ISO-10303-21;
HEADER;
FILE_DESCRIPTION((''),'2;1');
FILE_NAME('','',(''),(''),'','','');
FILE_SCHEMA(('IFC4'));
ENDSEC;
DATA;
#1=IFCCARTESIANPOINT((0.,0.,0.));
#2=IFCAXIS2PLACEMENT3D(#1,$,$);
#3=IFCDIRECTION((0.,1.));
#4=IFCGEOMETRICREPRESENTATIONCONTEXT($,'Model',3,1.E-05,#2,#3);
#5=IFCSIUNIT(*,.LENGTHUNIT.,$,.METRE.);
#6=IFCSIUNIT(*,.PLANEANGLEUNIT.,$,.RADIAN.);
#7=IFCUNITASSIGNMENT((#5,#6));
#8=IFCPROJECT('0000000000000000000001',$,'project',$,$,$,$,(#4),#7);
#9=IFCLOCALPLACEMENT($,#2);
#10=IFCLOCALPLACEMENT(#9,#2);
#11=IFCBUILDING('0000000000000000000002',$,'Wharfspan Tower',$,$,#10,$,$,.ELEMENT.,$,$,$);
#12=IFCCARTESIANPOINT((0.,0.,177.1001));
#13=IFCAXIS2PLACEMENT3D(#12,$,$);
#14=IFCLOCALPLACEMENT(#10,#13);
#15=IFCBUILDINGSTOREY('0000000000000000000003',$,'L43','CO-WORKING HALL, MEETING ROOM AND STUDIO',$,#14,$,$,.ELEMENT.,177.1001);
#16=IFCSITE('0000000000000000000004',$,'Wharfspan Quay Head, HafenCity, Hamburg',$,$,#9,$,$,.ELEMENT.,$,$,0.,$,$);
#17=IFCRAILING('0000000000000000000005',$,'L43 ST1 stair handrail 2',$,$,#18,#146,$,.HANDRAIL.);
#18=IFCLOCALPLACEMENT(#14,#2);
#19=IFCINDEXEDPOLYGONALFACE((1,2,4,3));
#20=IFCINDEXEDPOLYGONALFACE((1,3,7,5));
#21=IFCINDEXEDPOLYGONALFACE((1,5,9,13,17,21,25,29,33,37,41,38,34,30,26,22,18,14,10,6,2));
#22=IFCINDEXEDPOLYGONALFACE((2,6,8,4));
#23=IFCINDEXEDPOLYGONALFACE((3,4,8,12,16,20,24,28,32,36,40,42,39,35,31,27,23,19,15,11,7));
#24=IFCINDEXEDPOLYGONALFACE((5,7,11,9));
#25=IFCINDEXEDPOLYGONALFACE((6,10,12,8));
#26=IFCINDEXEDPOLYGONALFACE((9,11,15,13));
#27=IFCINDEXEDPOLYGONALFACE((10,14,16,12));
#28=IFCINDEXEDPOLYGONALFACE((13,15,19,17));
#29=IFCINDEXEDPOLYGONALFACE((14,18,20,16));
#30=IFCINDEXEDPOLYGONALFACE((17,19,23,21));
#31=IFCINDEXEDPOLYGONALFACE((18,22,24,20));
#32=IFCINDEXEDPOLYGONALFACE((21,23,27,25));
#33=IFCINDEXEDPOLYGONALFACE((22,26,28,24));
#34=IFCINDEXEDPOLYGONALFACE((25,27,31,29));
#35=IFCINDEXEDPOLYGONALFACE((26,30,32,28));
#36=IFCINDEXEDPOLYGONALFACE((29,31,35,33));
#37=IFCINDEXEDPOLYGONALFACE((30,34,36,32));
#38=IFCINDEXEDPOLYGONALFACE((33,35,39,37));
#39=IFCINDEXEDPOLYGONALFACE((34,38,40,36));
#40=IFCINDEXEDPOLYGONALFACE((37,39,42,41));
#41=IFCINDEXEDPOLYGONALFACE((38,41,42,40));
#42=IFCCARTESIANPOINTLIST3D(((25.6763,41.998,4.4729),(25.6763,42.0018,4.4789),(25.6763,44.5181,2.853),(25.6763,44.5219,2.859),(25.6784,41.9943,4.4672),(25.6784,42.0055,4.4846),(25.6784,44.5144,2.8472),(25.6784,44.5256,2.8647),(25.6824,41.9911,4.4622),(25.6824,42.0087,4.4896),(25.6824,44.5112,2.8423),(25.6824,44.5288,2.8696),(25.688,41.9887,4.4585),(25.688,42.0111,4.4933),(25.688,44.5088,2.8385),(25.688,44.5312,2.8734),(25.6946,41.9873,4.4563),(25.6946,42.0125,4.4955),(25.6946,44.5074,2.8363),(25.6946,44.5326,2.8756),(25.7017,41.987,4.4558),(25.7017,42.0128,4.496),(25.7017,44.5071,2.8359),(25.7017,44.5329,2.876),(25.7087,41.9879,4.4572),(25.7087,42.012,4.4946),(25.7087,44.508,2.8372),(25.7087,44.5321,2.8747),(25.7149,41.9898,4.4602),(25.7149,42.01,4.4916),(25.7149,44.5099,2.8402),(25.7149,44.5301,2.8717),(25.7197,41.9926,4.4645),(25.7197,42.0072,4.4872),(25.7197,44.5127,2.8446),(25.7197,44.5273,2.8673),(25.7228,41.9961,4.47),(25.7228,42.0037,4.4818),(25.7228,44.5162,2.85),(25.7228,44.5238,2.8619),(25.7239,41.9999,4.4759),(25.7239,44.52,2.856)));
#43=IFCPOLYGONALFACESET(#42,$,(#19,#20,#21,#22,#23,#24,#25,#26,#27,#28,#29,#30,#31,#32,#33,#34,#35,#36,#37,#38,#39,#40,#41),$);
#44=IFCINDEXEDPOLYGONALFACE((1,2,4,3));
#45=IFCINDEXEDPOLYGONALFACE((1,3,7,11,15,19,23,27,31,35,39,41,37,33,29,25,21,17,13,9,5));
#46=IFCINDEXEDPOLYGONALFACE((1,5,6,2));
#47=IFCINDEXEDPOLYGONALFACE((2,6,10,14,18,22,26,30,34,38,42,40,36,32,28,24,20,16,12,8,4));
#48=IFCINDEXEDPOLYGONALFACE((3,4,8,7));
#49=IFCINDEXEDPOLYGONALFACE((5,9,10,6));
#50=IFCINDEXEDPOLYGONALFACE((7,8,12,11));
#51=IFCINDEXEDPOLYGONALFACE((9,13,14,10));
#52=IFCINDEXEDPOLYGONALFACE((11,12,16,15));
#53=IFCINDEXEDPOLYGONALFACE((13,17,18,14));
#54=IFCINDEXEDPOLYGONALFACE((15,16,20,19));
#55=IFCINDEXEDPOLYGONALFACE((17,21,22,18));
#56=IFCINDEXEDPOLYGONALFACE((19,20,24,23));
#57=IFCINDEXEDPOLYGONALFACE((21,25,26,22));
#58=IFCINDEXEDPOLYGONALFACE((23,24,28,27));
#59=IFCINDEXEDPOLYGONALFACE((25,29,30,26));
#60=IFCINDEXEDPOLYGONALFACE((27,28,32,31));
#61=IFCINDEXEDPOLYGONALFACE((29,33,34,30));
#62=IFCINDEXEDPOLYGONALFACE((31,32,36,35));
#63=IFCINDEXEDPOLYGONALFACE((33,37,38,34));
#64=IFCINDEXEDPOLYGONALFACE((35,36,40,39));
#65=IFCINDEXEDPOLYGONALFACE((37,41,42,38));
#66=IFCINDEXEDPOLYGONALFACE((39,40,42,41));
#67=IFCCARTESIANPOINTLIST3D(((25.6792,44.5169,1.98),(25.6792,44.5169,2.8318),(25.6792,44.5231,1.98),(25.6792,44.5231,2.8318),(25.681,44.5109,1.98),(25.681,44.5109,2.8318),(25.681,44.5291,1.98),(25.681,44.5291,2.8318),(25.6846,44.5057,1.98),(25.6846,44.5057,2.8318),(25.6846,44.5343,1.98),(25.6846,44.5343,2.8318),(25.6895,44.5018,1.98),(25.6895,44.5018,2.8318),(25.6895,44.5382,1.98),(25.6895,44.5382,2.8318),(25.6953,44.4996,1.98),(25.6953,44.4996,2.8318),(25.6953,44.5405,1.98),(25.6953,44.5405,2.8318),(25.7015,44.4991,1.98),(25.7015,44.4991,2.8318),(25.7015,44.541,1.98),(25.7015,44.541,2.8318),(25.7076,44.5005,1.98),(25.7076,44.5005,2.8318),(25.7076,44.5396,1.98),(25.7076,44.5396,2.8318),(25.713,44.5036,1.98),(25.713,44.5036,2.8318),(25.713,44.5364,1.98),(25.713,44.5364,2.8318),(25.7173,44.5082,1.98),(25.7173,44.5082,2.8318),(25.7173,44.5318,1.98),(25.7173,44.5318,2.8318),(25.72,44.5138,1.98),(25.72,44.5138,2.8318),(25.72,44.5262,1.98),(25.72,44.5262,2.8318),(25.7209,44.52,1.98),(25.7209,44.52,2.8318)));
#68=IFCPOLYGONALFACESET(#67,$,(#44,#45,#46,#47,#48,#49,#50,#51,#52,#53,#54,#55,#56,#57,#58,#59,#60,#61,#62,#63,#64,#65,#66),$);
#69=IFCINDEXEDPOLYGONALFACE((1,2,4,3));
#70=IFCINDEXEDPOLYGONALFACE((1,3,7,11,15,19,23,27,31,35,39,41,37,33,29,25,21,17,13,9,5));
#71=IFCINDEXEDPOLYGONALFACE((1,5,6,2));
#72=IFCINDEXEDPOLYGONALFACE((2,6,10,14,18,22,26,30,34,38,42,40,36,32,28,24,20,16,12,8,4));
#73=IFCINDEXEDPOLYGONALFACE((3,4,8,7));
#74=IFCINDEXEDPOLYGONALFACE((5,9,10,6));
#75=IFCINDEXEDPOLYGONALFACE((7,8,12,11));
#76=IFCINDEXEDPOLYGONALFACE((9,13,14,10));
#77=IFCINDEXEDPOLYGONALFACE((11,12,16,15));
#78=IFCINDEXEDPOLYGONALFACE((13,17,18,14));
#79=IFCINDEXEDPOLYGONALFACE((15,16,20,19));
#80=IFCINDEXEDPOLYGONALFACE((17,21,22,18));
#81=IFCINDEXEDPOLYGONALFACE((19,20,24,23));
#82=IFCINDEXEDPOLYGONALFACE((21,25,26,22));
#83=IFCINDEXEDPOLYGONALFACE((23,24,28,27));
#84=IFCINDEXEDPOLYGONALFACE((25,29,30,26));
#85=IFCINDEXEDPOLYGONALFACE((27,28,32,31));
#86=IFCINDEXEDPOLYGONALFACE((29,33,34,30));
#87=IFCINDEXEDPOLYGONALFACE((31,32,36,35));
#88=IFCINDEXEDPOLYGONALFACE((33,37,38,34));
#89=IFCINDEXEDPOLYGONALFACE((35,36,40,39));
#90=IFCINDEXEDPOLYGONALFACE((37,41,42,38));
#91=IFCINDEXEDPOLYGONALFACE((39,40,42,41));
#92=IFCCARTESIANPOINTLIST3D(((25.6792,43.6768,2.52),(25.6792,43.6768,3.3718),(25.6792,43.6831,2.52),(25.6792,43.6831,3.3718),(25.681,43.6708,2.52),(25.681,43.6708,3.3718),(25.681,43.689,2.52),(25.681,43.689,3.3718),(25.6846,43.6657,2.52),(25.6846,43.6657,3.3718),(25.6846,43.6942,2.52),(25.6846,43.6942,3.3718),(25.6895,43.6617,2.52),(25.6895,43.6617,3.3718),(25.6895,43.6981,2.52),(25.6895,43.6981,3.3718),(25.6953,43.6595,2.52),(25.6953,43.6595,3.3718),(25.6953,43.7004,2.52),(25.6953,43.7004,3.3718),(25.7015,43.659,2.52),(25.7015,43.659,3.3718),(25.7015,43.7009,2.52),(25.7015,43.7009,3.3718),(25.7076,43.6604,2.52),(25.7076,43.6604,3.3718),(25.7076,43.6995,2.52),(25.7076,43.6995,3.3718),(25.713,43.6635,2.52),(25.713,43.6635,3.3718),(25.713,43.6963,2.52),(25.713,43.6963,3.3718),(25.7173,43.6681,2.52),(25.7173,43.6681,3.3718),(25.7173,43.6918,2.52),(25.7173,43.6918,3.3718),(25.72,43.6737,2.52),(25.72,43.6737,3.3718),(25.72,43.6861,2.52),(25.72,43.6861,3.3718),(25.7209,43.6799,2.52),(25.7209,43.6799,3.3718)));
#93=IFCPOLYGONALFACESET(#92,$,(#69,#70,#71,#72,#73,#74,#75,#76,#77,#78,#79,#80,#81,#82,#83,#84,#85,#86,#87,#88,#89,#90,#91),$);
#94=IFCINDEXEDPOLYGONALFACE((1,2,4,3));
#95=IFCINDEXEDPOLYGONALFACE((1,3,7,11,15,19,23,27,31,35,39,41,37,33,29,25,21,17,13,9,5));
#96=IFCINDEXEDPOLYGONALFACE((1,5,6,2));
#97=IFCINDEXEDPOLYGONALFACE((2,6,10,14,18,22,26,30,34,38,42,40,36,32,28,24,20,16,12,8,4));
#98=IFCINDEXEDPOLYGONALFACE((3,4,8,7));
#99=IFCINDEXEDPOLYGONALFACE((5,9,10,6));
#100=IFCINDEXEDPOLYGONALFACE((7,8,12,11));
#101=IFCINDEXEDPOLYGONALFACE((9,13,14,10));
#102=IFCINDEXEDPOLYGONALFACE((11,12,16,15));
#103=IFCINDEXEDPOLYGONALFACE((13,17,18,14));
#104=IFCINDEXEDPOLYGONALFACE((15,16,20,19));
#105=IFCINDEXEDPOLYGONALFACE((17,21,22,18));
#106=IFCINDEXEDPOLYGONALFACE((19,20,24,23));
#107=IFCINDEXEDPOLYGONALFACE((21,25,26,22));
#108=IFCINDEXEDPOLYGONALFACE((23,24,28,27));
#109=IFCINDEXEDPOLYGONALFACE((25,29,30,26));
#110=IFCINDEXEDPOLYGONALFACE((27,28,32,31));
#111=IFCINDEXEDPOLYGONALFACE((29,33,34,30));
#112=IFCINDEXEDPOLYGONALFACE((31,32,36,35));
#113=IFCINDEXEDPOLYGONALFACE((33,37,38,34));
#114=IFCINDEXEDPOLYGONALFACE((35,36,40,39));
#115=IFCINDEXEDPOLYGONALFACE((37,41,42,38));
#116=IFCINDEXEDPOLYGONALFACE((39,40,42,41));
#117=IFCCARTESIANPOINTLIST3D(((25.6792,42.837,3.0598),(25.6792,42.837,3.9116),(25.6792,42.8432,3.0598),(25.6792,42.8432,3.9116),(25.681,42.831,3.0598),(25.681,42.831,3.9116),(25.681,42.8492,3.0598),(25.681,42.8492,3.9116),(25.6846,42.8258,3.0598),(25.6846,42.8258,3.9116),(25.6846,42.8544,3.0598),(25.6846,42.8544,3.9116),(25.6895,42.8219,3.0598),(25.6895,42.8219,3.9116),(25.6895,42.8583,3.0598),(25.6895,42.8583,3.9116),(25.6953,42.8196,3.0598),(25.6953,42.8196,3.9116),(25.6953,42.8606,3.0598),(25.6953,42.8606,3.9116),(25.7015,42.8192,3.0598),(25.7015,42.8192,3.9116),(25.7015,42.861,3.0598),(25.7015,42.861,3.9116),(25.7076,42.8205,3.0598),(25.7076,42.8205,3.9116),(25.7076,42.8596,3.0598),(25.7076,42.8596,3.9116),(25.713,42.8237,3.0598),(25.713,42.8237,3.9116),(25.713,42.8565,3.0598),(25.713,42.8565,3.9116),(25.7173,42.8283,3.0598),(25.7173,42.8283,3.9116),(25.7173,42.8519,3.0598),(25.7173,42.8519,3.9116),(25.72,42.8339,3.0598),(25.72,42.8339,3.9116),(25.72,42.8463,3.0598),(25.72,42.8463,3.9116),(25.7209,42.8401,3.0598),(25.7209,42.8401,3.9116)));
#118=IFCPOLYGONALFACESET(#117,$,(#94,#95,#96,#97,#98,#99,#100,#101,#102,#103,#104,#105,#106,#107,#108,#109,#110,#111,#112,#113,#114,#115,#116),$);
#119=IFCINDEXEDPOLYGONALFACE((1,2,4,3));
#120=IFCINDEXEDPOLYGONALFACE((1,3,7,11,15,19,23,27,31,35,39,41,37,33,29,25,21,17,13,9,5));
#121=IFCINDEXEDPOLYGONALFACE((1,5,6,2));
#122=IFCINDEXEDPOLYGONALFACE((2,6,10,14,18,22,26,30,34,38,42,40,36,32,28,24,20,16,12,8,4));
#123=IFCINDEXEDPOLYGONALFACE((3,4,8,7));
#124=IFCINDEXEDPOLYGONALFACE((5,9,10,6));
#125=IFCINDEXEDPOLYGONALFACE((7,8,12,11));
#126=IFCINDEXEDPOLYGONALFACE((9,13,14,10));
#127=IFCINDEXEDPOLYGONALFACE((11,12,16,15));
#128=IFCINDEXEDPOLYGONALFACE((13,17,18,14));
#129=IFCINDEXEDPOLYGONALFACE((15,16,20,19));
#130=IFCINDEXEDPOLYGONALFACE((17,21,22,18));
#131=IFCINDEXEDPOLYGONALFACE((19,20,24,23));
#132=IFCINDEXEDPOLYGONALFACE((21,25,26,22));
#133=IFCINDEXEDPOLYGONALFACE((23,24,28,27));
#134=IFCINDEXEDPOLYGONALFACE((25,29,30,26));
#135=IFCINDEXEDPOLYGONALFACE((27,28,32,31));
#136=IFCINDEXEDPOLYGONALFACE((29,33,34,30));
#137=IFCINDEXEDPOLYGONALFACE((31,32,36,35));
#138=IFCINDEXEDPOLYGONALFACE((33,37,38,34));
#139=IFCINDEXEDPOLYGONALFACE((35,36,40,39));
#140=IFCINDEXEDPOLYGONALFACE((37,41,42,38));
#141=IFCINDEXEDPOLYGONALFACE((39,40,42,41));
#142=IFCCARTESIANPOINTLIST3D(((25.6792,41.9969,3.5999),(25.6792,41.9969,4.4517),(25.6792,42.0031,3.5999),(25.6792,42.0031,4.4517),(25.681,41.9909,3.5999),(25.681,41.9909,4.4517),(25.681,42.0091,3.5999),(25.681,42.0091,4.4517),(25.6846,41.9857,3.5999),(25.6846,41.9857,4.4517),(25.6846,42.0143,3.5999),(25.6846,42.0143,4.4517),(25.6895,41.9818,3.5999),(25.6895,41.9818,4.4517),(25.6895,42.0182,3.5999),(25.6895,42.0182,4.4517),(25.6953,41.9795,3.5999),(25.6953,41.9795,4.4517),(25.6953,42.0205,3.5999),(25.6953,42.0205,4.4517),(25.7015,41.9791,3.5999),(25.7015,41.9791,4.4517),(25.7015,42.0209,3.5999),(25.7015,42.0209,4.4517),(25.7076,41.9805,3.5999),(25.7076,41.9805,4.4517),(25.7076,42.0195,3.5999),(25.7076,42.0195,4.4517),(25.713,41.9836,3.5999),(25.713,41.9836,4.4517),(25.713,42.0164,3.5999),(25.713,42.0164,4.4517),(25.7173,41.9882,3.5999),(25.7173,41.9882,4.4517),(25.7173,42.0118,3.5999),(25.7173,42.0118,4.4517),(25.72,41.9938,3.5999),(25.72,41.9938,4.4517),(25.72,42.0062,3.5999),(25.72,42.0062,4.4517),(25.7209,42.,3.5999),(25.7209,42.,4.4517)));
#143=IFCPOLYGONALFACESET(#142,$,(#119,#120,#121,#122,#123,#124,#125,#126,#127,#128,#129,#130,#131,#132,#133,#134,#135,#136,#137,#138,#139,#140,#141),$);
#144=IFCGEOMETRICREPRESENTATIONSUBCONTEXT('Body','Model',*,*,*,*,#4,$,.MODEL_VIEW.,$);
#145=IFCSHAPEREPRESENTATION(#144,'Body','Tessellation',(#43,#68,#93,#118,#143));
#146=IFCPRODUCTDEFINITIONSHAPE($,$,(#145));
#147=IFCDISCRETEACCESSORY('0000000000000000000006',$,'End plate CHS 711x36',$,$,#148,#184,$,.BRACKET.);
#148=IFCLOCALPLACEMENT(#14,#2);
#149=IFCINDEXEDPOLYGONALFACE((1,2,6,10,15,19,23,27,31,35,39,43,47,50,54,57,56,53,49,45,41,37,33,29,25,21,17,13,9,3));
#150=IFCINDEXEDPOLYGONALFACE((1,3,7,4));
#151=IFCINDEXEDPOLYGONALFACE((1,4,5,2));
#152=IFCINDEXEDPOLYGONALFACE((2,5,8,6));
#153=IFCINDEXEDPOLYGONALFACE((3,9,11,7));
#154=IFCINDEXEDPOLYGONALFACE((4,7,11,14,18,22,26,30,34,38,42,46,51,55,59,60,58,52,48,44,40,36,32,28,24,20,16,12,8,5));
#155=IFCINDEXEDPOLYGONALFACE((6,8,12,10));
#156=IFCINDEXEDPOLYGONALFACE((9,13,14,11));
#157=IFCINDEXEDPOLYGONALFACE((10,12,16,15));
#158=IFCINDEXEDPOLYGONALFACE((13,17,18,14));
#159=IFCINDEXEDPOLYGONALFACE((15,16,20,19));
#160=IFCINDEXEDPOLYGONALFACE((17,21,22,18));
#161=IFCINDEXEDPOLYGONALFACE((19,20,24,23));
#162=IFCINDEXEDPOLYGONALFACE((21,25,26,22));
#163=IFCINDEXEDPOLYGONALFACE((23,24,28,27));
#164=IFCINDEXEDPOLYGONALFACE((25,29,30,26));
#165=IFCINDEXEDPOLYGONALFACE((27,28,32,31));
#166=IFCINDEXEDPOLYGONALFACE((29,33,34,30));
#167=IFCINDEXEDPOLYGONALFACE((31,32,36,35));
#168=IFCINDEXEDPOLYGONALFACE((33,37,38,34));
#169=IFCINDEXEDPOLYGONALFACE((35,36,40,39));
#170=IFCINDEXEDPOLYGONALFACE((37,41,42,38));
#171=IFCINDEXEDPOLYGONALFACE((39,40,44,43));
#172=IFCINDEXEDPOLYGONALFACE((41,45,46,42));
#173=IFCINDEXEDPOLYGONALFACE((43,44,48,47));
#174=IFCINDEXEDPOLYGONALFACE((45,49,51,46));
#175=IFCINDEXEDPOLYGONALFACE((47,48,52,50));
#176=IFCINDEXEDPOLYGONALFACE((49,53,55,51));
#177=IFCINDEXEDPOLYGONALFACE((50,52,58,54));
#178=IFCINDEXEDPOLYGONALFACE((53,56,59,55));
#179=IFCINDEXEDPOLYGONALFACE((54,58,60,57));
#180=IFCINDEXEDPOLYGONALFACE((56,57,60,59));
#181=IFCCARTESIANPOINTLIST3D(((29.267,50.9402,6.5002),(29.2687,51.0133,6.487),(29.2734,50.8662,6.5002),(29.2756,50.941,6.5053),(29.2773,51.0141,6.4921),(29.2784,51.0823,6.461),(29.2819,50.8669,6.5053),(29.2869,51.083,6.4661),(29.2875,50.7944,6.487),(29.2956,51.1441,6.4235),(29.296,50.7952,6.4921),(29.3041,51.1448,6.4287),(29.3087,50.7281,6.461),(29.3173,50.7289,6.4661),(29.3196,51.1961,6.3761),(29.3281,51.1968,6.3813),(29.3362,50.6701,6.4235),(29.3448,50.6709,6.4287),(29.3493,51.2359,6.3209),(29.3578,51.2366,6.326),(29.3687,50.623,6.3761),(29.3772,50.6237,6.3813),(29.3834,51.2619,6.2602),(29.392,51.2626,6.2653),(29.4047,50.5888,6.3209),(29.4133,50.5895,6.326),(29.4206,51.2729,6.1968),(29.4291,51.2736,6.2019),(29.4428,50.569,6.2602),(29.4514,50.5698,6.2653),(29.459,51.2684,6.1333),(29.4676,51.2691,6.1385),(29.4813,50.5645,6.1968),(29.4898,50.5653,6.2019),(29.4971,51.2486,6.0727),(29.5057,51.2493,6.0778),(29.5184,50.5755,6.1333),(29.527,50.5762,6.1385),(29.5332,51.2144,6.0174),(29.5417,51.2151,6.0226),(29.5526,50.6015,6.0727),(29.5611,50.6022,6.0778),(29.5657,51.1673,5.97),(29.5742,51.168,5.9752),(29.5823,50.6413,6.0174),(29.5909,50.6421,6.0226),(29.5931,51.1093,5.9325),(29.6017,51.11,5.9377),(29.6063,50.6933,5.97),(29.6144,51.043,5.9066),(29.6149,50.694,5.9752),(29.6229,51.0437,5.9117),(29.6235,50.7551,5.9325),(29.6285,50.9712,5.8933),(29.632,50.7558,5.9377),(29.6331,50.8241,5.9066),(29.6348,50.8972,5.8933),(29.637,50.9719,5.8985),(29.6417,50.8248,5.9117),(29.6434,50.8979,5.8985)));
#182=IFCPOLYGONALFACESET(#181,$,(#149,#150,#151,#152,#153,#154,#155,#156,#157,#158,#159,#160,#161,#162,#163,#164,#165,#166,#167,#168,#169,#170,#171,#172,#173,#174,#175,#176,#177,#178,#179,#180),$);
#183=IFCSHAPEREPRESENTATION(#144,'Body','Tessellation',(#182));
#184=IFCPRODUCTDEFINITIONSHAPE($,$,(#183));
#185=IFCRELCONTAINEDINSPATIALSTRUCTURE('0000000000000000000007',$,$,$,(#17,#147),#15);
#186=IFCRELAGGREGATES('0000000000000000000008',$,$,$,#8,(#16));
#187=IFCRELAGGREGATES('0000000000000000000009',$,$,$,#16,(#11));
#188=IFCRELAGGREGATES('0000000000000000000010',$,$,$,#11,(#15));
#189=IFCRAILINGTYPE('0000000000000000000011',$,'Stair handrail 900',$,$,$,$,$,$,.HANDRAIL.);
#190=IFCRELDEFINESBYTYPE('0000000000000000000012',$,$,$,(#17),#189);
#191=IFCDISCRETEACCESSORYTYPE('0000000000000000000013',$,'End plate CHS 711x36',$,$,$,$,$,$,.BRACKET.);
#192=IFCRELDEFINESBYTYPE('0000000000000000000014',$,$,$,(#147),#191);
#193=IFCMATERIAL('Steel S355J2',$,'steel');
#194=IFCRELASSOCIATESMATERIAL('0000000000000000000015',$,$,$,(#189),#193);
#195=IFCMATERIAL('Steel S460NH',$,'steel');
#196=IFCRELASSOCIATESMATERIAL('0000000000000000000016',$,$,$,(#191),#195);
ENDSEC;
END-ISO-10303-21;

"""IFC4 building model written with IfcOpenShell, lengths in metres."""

from ifc_helpers import new_model, si_unit, direction, frame, origin, origin_2d, place, context, subcontext, project, spatial, circle, extrude, material, material_profile, profile_set, type_object, element, save


model = new_model("IFC4")

# Units and contexts
model_context = context("Model", 3, precision=1e-05, world=origin(), true_north=direction((0.0, 1.0)))
body_context = subcontext(model_context, "Body", "Model", "MODEL_VIEW")
ifc_project = project(units=[si_unit("LENGTHUNIT", "METRE"), si_unit("PLANEANGLEUNIT", "RADIAN")], contexts=[model_context])

# Site, building, storey
site_placement = place(None, origin())
site = spatial("IfcSite", under=ifc_project, at=site_placement, Name="Wharfspan Quay Head, HafenCity, Hamburg", CompositionType="ELEMENT", RefElevation=0.0)
building_placement = place(site_placement, origin())
building = spatial("IfcBuilding", under=site, at=building_placement, Name="Wharfspan Tower", CompositionType="ELEMENT")
storey_placement = place(building_placement, frame((0.0, 0.0, 177.1001)))
storey = spatial("IfcBuildingStorey", under=building, at=storey_placement, Name="L43", Description="CO-WORKING HALL, MEETING ROOM AND STUDIO", CompositionType="ELEMENT", Elevation=177.1001)

# Shared definitions
ifc_material_1 = material(Name="Steel S355J2", Category="steel")

# Shared definitions
ifc_material_2 = material(Name="Steel S460NH", Category="steel")

# Railing
railing_type_1 = type_object("IfcRailingType", Name="Stair handrail 900", PredefinedType="HANDRAIL", material=ifc_material_1)
railing_1_placement = place(storey_placement, frame((25.7, 44.52, 1.98)))
element("IfcRailing", 1, at=railing_1_placement, inside=storey, type_object=railing_type_1, Name="L43 ST1 stair handrail 2", PredefinedType="HANDRAIL", context=body_context, shape_type="SweptSolid", body=[
    extrude(circle(Radius=0.0239, at=origin_2d()), frame((0.0, 0.0, 0.876), z_axis=(0.0, -0.8412, 0.540725), x_axis=(1.0, 0.0, 0.0)), (0.0, 0.0, 1.0), 2.9958),
    extrude(circle(Radius=0.021, at=origin_2d()), origin(), (0.0, 0.0, 1.0), 0.8518),
    extrude(circle(Radius=0.021, at=origin_2d()), frame((0.0, -0.8401, 0.54)), (0.0, 0.0, 1.0), 0.8518),
    extrude(circle(Radius=0.021, at=origin_2d()), frame((0.0, -1.6799, 1.0798)), (0.0, 0.0, 1.0), 0.8518),
    extrude(circle(Radius=0.021, at=origin_2d()), frame((0.0, -2.52, 1.6199)), (0.0, 0.0, 1.0), 0.8518),
])

# Discrete accessory
ifc_material_profile_1 = material_profile(ifc_material_2, circle(Radius=0.3555, at=origin_2d()))
ifc_profile_set_1 = profile_set([ifc_material_profile_1], Name="Steel S460NH")
discrete_accessory_type = type_object("IfcDiscreteAccessoryType", Name="End plate CHS 711x36", PredefinedType="BRACKET", material=ifc_profile_set_1)
for number, where, z_axis, x_axis, name in (
    (2, (29.4509, 50.9187, 6.1968), (0.855186, 0.073302, 0.513112), (-0.085402, 0.996345, 0.000001), "End plate CHS 711x36"),
):
    element("IfcDiscreteAccessory", number, at=place(storey_placement, frame(where, z_axis=z_axis, x_axis=x_axis)), inside=storey, type_object=discrete_accessory_type, Name=name, PredefinedType="BRACKET", context=body_context, shape_type="SweptSolid", body=[
        extrude(circle(Radius=0.3555, at=origin_2d()), origin(), (0.0, 0.0, 1.0), 0.01),
    ])

save(model, "model.ifc")
